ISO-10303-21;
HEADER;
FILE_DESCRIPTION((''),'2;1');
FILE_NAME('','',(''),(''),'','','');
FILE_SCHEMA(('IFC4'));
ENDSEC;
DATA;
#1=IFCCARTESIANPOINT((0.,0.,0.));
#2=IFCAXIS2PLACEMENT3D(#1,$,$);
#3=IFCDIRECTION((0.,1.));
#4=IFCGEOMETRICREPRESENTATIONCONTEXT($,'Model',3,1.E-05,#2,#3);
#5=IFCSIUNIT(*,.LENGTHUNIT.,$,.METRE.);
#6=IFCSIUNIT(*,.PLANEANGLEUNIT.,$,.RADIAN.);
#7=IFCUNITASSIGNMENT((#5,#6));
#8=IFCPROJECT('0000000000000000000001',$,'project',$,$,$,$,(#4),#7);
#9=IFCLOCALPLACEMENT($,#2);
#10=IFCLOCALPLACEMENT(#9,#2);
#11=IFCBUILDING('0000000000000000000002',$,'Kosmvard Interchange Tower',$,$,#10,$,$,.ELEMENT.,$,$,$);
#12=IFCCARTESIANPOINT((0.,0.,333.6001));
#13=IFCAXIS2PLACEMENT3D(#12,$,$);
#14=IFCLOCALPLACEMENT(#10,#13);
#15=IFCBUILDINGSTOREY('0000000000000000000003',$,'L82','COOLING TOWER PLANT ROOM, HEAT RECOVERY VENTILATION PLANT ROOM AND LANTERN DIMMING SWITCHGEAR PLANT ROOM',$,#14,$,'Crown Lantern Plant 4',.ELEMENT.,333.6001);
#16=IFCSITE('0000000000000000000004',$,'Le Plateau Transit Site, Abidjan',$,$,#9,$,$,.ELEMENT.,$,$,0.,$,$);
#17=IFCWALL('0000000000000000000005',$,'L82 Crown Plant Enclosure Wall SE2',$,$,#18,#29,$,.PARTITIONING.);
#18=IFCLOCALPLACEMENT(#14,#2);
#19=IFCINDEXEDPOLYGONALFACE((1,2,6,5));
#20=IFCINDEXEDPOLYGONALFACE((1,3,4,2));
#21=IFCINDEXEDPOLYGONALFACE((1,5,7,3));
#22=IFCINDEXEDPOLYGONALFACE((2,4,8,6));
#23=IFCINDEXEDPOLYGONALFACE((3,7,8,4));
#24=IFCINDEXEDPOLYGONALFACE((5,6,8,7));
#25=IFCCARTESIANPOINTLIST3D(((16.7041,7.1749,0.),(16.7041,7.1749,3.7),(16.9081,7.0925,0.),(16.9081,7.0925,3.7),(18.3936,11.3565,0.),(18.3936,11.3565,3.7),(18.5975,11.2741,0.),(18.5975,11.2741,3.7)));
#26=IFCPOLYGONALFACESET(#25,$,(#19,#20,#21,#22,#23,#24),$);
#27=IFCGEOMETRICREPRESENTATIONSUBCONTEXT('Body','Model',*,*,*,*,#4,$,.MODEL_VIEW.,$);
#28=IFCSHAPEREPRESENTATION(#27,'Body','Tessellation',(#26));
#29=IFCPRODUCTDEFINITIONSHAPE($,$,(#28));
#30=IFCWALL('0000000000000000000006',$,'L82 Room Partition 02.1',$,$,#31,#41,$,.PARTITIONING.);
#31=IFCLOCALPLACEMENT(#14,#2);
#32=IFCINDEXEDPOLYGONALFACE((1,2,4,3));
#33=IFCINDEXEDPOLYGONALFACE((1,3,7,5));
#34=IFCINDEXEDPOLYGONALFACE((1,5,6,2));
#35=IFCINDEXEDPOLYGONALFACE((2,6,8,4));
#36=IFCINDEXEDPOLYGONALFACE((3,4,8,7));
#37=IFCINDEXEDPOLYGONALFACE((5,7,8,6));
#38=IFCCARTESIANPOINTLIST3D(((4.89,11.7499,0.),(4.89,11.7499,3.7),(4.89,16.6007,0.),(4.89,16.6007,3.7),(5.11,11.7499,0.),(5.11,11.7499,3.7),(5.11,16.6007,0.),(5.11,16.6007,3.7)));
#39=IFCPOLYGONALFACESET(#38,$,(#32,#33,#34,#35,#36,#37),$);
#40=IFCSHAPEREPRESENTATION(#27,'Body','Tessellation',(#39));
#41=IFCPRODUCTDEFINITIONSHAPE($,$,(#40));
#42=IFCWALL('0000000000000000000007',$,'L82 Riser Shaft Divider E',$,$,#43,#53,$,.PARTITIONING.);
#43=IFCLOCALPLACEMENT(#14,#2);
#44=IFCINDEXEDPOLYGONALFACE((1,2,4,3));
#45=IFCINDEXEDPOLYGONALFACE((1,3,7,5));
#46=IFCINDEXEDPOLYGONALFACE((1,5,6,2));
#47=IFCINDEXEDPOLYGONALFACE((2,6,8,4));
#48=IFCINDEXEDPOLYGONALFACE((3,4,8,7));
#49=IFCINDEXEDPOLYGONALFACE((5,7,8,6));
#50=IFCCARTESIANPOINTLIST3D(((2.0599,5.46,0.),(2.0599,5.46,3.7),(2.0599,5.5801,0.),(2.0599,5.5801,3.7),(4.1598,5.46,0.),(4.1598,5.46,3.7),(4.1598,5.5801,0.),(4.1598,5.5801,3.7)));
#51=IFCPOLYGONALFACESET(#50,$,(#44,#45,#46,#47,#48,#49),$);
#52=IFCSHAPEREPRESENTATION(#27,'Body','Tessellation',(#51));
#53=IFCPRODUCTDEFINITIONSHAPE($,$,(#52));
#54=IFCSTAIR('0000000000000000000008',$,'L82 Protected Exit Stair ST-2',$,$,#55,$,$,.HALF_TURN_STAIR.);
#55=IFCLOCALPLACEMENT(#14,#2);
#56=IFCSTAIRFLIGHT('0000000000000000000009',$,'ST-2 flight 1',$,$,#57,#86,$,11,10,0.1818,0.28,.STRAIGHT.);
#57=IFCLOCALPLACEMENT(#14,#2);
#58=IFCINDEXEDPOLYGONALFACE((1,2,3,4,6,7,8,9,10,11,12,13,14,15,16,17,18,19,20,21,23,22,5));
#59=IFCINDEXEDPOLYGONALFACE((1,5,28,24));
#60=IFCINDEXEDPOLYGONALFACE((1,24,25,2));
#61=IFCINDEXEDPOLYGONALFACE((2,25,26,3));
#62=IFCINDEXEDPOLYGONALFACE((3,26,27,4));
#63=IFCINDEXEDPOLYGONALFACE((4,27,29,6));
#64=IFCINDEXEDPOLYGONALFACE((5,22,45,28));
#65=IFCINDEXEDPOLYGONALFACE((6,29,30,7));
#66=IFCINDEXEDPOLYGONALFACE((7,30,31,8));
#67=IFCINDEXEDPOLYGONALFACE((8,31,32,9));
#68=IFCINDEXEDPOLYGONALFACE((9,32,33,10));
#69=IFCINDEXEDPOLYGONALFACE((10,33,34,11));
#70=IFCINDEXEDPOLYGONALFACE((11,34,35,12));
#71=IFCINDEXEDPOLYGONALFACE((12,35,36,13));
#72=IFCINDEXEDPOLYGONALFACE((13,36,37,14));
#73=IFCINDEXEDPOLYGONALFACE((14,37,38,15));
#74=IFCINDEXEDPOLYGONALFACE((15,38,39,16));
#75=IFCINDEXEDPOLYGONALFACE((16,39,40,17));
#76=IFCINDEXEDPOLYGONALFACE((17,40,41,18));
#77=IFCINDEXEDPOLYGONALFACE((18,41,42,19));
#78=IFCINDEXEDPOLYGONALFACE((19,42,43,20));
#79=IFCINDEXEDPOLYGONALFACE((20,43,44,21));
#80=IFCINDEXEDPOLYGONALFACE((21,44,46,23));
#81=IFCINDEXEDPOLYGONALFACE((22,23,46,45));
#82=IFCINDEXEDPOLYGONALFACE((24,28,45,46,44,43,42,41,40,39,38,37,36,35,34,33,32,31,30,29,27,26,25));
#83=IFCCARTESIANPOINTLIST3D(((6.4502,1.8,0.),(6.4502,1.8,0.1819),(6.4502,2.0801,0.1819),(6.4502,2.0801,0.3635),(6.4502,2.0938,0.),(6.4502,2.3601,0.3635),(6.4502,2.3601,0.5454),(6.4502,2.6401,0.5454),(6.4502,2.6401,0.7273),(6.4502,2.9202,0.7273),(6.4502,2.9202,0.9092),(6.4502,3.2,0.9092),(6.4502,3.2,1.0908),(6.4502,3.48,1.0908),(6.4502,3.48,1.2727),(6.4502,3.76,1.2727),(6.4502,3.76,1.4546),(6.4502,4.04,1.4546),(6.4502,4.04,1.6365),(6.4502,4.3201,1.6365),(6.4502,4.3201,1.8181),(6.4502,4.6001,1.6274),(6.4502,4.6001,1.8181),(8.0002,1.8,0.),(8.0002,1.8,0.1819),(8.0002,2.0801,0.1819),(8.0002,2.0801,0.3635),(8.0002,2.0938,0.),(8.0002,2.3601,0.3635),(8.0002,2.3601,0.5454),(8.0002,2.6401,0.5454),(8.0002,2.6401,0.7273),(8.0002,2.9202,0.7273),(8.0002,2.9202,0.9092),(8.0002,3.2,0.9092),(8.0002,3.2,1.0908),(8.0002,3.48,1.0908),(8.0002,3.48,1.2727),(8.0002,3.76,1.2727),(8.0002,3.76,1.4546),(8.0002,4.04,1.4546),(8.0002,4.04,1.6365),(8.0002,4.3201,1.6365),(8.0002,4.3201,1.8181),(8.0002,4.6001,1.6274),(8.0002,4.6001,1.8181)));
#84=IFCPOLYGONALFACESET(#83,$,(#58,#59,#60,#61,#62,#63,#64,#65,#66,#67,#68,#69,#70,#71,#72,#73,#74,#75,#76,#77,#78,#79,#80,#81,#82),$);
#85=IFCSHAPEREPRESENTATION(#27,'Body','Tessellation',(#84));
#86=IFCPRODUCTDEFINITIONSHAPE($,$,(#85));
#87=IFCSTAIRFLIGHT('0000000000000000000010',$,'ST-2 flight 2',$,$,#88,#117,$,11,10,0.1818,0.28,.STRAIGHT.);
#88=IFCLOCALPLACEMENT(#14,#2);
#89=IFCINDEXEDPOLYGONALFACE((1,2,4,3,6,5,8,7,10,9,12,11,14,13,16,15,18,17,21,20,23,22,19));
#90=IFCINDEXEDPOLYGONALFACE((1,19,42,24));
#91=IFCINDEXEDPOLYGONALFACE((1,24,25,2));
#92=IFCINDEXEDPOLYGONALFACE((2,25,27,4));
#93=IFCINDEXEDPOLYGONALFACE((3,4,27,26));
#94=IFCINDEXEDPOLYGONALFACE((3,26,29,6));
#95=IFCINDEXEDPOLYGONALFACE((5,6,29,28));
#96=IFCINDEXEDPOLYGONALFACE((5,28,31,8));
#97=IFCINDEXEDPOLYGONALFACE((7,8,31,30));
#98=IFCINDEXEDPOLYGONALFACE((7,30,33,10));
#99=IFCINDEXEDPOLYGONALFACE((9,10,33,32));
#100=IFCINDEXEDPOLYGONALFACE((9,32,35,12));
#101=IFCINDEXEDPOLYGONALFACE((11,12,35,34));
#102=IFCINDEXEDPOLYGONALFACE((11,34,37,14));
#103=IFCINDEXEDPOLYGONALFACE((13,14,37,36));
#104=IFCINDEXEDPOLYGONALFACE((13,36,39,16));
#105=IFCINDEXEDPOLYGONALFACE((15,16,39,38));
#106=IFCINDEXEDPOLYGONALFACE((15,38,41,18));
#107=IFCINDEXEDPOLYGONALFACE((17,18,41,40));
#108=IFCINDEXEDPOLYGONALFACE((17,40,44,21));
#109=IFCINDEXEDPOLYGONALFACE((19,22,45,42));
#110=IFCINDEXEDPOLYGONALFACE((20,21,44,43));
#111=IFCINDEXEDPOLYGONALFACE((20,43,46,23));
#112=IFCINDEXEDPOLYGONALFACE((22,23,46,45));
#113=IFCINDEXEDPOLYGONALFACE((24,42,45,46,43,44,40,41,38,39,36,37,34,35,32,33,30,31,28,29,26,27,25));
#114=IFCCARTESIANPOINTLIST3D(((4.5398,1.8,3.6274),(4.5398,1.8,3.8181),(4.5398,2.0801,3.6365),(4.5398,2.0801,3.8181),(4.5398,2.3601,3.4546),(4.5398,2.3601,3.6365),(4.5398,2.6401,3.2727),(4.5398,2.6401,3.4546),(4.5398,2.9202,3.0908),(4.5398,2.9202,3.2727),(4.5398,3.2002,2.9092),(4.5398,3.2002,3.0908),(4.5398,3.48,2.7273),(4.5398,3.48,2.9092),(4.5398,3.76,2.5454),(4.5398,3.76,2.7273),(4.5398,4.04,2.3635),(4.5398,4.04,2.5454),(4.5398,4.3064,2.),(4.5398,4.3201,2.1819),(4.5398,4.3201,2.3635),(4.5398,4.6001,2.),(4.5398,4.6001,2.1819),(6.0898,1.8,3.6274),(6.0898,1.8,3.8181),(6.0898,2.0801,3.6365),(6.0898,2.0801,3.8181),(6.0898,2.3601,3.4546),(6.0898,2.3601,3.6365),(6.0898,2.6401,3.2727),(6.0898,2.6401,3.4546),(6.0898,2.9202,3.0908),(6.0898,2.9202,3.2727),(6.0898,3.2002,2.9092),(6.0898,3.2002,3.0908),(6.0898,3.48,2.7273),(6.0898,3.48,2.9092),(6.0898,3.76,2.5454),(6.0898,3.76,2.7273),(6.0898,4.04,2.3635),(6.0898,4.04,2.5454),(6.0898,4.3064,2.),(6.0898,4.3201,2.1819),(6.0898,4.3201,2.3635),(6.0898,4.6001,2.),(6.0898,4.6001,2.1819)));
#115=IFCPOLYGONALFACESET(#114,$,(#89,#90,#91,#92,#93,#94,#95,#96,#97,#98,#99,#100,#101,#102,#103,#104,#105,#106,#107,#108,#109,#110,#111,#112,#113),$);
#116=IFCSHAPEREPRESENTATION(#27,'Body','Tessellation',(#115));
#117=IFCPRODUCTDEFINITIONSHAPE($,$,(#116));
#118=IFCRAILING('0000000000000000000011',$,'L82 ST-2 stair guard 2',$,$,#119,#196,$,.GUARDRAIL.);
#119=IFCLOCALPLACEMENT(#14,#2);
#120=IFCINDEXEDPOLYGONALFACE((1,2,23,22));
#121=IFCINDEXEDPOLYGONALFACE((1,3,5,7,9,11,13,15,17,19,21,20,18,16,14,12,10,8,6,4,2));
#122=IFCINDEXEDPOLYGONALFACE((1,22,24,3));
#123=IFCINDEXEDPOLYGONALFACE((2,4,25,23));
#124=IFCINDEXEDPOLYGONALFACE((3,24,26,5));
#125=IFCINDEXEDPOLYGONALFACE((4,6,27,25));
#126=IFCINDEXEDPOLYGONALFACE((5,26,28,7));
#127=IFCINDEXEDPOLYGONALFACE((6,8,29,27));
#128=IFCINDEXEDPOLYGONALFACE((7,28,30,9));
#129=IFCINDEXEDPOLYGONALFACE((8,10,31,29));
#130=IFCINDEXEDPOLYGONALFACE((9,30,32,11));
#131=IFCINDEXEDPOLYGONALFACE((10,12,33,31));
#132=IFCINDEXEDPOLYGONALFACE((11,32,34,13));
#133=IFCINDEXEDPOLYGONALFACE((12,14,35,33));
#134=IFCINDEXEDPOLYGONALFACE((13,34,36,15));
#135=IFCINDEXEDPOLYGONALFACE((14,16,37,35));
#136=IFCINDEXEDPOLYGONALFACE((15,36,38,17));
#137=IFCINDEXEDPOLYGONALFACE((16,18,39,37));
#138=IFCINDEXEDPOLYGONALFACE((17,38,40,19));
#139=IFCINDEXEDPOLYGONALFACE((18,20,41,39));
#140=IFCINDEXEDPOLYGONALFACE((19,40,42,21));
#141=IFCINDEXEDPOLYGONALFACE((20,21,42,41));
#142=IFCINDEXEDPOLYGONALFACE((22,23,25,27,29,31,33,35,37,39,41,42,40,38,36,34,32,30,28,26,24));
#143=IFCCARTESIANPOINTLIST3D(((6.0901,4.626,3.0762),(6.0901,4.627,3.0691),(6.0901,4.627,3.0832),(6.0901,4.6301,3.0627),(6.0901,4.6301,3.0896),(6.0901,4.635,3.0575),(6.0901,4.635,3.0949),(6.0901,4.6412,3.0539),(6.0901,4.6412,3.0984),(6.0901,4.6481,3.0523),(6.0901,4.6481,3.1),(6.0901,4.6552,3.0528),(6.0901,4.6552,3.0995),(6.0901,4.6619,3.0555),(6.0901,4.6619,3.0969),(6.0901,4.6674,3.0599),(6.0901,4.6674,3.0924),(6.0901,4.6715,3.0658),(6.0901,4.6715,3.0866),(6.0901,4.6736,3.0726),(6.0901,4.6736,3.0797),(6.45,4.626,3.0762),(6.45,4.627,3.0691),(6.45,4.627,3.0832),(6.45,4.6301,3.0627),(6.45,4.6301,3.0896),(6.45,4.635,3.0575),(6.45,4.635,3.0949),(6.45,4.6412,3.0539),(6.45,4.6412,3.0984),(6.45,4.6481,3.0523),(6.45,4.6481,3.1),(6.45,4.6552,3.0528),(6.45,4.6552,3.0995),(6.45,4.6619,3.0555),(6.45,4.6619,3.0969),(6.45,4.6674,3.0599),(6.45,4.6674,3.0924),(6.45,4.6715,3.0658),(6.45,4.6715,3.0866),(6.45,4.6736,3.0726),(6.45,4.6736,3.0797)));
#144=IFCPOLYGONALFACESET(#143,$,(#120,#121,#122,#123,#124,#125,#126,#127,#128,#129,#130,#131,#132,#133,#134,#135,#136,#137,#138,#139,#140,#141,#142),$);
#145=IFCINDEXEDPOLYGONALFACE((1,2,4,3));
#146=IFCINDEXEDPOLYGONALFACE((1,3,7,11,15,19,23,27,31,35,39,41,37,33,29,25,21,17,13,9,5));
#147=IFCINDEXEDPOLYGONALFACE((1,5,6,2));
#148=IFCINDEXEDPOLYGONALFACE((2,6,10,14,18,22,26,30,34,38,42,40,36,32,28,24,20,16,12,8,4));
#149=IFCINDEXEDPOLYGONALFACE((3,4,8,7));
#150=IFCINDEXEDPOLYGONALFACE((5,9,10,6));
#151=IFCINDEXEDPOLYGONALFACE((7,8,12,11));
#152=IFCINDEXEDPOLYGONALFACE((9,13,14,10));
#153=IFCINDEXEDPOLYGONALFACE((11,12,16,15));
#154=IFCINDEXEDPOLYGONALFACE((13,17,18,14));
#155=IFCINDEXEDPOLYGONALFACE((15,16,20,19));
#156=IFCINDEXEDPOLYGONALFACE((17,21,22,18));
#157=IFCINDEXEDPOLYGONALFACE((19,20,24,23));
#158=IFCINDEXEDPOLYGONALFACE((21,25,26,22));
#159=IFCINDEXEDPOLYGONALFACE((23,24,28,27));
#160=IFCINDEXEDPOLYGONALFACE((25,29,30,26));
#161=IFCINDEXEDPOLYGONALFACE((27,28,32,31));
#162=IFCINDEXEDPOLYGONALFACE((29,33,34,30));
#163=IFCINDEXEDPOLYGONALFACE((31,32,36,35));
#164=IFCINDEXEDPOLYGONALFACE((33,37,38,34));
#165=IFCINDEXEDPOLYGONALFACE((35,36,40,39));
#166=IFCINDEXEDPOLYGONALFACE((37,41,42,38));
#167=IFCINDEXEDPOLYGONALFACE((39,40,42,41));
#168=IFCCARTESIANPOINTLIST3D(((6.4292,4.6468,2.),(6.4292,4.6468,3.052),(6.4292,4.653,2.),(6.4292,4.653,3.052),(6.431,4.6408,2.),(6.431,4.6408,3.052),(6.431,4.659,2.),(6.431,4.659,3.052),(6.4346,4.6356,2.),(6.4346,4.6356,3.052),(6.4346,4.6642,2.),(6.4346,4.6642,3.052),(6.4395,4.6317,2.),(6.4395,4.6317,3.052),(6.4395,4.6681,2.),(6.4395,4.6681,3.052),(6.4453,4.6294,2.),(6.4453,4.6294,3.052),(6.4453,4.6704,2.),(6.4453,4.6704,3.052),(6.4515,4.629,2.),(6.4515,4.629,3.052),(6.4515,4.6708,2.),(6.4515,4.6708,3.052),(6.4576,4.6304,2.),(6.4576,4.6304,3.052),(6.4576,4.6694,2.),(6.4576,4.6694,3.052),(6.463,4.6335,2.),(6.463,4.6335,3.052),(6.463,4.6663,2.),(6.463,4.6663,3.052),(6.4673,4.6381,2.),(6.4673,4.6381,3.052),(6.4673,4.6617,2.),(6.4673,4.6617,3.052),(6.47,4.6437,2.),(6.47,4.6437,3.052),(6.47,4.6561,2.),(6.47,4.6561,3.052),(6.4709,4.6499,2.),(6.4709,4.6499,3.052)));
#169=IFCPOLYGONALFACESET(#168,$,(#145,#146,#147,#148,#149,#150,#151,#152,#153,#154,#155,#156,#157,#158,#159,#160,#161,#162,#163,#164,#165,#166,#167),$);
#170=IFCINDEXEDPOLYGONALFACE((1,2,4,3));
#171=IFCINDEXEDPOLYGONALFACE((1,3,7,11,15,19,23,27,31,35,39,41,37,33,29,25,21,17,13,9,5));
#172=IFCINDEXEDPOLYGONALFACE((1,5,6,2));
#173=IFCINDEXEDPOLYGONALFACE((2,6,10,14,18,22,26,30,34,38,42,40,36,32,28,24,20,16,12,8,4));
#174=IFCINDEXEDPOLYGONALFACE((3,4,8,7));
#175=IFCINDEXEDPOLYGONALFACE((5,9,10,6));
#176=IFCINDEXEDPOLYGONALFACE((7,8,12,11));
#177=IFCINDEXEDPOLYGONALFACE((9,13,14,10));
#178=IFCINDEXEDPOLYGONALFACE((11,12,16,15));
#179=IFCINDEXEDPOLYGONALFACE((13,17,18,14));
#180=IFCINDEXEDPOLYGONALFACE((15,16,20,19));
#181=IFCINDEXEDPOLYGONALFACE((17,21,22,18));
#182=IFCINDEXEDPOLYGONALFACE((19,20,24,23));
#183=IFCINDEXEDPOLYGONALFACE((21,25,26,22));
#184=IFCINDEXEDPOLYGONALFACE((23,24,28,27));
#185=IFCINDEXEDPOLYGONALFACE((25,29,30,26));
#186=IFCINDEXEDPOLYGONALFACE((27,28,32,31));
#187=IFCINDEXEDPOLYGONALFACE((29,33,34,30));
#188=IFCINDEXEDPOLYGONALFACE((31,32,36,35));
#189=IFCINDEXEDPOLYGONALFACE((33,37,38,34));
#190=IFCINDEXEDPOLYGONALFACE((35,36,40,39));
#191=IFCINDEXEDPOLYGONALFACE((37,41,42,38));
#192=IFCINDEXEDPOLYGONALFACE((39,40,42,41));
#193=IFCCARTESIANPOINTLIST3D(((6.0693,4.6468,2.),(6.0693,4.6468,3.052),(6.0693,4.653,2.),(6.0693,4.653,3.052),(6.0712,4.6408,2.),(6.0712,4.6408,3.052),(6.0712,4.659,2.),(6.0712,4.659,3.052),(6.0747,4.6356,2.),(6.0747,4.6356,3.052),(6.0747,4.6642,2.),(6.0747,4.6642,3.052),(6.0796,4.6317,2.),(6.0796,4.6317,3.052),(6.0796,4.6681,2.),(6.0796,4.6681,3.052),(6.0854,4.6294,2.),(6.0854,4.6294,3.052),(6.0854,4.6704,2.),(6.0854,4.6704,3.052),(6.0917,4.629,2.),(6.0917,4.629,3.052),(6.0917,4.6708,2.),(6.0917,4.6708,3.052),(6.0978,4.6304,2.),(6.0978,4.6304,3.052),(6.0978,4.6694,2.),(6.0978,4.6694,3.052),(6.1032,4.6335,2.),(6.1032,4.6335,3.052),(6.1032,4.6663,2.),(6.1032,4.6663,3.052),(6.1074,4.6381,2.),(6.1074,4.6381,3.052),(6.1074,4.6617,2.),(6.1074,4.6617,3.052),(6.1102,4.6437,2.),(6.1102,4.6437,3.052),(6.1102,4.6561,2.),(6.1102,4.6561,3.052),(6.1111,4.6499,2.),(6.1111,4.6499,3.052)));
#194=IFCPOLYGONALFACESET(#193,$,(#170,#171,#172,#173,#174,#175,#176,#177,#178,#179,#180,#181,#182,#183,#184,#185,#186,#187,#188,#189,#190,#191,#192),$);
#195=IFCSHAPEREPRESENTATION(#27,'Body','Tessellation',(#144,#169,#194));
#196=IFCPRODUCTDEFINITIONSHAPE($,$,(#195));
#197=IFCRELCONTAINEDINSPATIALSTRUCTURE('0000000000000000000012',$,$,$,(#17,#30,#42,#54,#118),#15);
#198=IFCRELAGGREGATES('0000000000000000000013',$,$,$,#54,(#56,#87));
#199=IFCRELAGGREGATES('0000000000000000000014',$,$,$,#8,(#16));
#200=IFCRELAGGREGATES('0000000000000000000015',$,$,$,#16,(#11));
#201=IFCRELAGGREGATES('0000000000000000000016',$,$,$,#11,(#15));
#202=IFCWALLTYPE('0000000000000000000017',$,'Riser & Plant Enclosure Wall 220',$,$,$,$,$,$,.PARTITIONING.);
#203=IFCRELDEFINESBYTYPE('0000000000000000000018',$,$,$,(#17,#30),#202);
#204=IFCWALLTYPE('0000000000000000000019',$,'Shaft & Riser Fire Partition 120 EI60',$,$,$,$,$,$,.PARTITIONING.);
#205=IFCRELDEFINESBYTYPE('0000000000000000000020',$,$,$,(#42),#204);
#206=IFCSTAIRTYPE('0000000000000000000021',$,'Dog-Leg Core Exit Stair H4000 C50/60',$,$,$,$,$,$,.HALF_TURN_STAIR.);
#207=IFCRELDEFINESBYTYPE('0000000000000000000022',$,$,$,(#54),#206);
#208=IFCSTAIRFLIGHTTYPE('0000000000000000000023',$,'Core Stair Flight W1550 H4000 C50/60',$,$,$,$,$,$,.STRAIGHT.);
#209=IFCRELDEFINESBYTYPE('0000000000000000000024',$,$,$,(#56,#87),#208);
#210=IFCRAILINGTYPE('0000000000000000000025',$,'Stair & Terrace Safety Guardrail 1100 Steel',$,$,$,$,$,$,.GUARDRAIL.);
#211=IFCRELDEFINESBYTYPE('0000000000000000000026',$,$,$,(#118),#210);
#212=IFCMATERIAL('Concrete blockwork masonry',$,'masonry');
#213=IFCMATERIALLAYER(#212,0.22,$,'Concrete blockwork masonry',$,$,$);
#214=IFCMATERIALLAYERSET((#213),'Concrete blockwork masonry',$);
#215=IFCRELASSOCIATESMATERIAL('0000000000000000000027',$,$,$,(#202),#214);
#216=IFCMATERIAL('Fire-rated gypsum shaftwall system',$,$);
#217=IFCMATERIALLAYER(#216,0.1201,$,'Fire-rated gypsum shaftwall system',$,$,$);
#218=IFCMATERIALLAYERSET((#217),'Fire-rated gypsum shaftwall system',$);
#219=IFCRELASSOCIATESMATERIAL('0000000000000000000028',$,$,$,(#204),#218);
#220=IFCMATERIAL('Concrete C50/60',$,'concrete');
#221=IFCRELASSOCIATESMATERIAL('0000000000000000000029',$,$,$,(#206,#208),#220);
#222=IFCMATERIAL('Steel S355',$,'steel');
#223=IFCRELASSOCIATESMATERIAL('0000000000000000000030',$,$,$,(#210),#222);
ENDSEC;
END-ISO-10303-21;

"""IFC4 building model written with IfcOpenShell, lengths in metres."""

from ifc_helpers import new_model, si_unit, direction, frame, frame_2d, origin, origin_2d, place, context, subcontext, project, spatial, polyline, rectangle, circle, outline, extrude, source, transform, mapped, material, layer, layer_set, type_object, element, aggregate, save


model = new_model("IFC4")

# Units and contexts
model_context = context("Model", 3, precision=1e-05, world=origin(), true_north=direction((0.0, 1.0)))
body_context = subcontext(model_context, "Body", "Model", "MODEL_VIEW")
ifc_project = project(units=[si_unit("LENGTHUNIT", "METRE"), si_unit("PLANEANGLEUNIT", "RADIAN")], contexts=[model_context])

# Site, building, storey
site_placement = place(None, origin())
site = spatial("IfcSite", under=ifc_project, at=site_placement, Name="Le Plateau Transit Site, Abidjan", CompositionType="ELEMENT", RefElevation=0.0)
building_placement = place(site_placement, origin())
building = spatial("IfcBuilding", under=site, at=building_placement, Name="Kosmvard Interchange Tower", CompositionType="ELEMENT")
storey_placement = place(building_placement, frame((0.0, 0.0, 333.6001)))
storey = spatial("IfcBuildingStorey", under=building, at=storey_placement, Name="L82", Description="COOLING TOWER PLANT ROOM, HEAT RECOVERY VENTILATION PLANT ROOM AND LANTERN DIMMING SWITCHGEAR PLANT ROOM", LongName="Crown Lantern Plant 4", CompositionType="ELEMENT", Elevation=333.6001)

# Shared definitions
ifc_material_1 = material(Name="Concrete C50/60", Category="concrete")

# Shared definitions
ifc_material_2 = material(Name="Steel S355", Category="steel")

# Walls
ifc_material_3 = material(Name="Concrete blockwork masonry", Category="masonry")
ifc_layer_1 = layer(ifc_material_3, 0.22, Name="Concrete blockwork masonry")
ifc_layer_set_1 = layer_set([ifc_layer_1], Name="Concrete blockwork masonry")
wall_type_1 = type_object("IfcWallType", Name="Riser & Plant Enclosure Wall 220", PredefinedType="PARTITIONING", material=ifc_layer_set_1)
wall_1_placement = place(storey_placement, frame((16.8062, 7.1338, 0.0), z_axis=(0.0, 0.0, 1.0), x_axis=(0.374599, 0.927187, 0.0)))
element("IfcWall", 1, at=wall_1_placement, inside=storey, type_object=wall_type_1, Name="L82 Crown Plant Enclosure Wall SE2", PredefinedType="PARTITIONING", context=body_context, shape_type="SweptSolid", body=[
    extrude(rectangle(XDim=4.51, YDim=0.22, at=frame_2d((2.2549, 0.0))), origin(), (0.0, 0.0, 1.0), 3.7),
])
wall_2_placement = place(storey_placement, frame((5.0, 11.75, 0.0), z_axis=(0.0, 0.0, 1.0), x_axis=(0.0, 1.0, 0.0)))
element("IfcWall", 2, at=wall_2_placement, inside=storey, type_object=wall_type_1, Name="L82 Room Partition 02.1", PredefinedType="PARTITIONING", context=body_context, shape_type="SweptSolid", body=[
    extrude(rectangle(XDim=4.8508, YDim=0.22, at=frame_2d((2.4253, 0.0))), origin(), (0.0, 0.0, 1.0), 3.7),
])
ifc_material_4 = material(Name="Fire-rated gypsum shaftwall system")
ifc_layer_2 = layer(ifc_material_4, 0.1201, Name="Fire-rated gypsum shaftwall system")
ifc_layer_set_2 = layer_set([ifc_layer_2], Name="Fire-rated gypsum shaftwall system")
wall_type_2 = type_object("IfcWallType", Name="Shaft & Riser Fire Partition 120 EI60", PredefinedType="PARTITIONING", material=ifc_layer_set_2)
wall_3_placement = place(storey_placement, frame((2.0601, 5.52, 0.0), z_axis=(0.0, 0.0, 1.0), x_axis=(1.0, 0.0, 0.0)))
element("IfcWall", 3, at=wall_3_placement, inside=storey, type_object=wall_type_2, Name="L82 Riser Shaft Divider E", PredefinedType="PARTITIONING", context=body_context, shape_type="SweptSolid", body=[
    extrude(rectangle(XDim=2.0999, YDim=0.1201, at=frame_2d((1.0498, 0.0))), origin(), (0.0, 0.0, 1.0), 3.7),
])

# Stair, stair flights
stair_type = type_object("IfcStairType", Name="Dog-Leg Core Exit Stair H4000 C50/60", PredefinedType="HALF_TURN_STAIR", material=ifc_material_1)
stair_placement = place(storey_placement, origin())
stair = element("IfcStair", 4, at=stair_placement, inside=storey, type_object=stair_type, Name="L82 Protected Exit Stair ST-2", PredefinedType="HALF_TURN_STAIR")
stair_flight_type = type_object("IfcStairFlightType", Name="Core Stair Flight W1550 H4000 C50/60", PredefinedType="STRAIGHT", material=ifc_material_1)
shared_shape_1 = source(origin(), body_context, "Body", "SweptSolid", [
    extrude(outline(polyline([(0.0, 0.0), (0.0, 0.1819), (0.28, 0.1819), (0.28, 0.3635), (0.5601, 0.3635), (0.5601, 0.5454), (0.8401, 0.5454), (0.8401, 0.7273), (1.1201, 0.7273), (1.1201, 0.9092), (1.3999, 0.9092), (1.3999, 1.0908), (1.6799, 1.0908), (1.6799, 1.2727), (1.96, 1.2727), (1.96, 1.4546), (2.24, 1.4546), (2.24, 1.6365), (2.52, 1.6365), (2.52, 1.8181), (2.8, 1.8181), (2.8, 2.0), (2.8, 1.6274), (0.2937, 0.0), (0.0, 0.0)])), frame((0.0, 0.7749, 0.0), z_axis=(0.0, -1.0, 0.0), x_axis=(1.0, 0.0, 0.0)), (0.0, 0.0, 1.0), 1.55),
])
stair_flight_1_placement = place(storey_placement, frame((7.2251, 1.8, 0.0), z_axis=(0.0, 0.0, 1.0), x_axis=(0.0, 1.0, 0.0)))
stair_flight_1 = element("IfcStairFlight", 5, at=stair_flight_1_placement, type_object=stair_flight_type, Name="ST-2 flight 1", NumberOfRisers=11, NumberOfTreads=10, PredefinedType="STRAIGHT", RiserHeight=0.1818, TreadLength=0.28, context=body_context, shape_type="MappedRepresentation", body=[
    mapped(shared_shape_1, transform((0.0, 0.0, 0.0), scale=1.0)),
])
stair_flight_2_placement = place(storey_placement, frame((5.3149, 4.6001, 2.0), z_axis=(0.0, 0.0, 1.0), x_axis=(0.0, -1.0, 0.0)))
stair_flight_2 = element("IfcStairFlight", 6, at=stair_flight_2_placement, type_object=stair_flight_type, Name="ST-2 flight 2", NumberOfRisers=11, NumberOfTreads=10, PredefinedType="STRAIGHT", RiserHeight=0.1818, TreadLength=0.28, context=body_context, shape_type="MappedRepresentation", body=[
    mapped(shared_shape_1, transform((0.0, 0.0, 0.0), scale=1.0)),
])
aggregate(stair, [stair_flight_1, stair_flight_2])

# Railing
railing_type_1 = type_object("IfcRailingType", Name="Stair & Terrace Safety Guardrail 1100 Steel", PredefinedType="GUARDRAIL", material=ifc_material_2)
shared_shape_2 = source(origin(), body_context, "Body", "SweptSolid", [
    extrude(circle(Radius=0.0239, at=origin_2d()), frame((0.0, 0.0, 1.0762), z_axis=(-1.0, 0.0, 0.0), x_axis=(0.0, -1.0, 0.0)), (0.0, 0.0, 1.0), 0.3599),
    extrude(circle(Radius=0.021, at=origin_2d()), origin(), (0.0, 0.0, 1.0), 1.052),
    extrude(circle(Radius=0.021, at=origin_2d()), frame((-0.3599, 0.0, 0.0)), (0.0, 0.0, 1.0), 1.052),
])
for number, where, name in (
    (7, (6.45, 4.6499, 2.0), "L82 ST-2 stair guard 2"),
):
    element("IfcRailing", number, at=place(storey_placement, frame(where)), inside=storey, type_object=railing_type_1, Name=name, PredefinedType="GUARDRAIL", context=body_context, shape_type="MappedRepresentation", body=[
        mapped(shared_shape_2, transform((0.0, 0.0, 0.0), scale=1.0)),
    ])

save(model, "model.ifc")
